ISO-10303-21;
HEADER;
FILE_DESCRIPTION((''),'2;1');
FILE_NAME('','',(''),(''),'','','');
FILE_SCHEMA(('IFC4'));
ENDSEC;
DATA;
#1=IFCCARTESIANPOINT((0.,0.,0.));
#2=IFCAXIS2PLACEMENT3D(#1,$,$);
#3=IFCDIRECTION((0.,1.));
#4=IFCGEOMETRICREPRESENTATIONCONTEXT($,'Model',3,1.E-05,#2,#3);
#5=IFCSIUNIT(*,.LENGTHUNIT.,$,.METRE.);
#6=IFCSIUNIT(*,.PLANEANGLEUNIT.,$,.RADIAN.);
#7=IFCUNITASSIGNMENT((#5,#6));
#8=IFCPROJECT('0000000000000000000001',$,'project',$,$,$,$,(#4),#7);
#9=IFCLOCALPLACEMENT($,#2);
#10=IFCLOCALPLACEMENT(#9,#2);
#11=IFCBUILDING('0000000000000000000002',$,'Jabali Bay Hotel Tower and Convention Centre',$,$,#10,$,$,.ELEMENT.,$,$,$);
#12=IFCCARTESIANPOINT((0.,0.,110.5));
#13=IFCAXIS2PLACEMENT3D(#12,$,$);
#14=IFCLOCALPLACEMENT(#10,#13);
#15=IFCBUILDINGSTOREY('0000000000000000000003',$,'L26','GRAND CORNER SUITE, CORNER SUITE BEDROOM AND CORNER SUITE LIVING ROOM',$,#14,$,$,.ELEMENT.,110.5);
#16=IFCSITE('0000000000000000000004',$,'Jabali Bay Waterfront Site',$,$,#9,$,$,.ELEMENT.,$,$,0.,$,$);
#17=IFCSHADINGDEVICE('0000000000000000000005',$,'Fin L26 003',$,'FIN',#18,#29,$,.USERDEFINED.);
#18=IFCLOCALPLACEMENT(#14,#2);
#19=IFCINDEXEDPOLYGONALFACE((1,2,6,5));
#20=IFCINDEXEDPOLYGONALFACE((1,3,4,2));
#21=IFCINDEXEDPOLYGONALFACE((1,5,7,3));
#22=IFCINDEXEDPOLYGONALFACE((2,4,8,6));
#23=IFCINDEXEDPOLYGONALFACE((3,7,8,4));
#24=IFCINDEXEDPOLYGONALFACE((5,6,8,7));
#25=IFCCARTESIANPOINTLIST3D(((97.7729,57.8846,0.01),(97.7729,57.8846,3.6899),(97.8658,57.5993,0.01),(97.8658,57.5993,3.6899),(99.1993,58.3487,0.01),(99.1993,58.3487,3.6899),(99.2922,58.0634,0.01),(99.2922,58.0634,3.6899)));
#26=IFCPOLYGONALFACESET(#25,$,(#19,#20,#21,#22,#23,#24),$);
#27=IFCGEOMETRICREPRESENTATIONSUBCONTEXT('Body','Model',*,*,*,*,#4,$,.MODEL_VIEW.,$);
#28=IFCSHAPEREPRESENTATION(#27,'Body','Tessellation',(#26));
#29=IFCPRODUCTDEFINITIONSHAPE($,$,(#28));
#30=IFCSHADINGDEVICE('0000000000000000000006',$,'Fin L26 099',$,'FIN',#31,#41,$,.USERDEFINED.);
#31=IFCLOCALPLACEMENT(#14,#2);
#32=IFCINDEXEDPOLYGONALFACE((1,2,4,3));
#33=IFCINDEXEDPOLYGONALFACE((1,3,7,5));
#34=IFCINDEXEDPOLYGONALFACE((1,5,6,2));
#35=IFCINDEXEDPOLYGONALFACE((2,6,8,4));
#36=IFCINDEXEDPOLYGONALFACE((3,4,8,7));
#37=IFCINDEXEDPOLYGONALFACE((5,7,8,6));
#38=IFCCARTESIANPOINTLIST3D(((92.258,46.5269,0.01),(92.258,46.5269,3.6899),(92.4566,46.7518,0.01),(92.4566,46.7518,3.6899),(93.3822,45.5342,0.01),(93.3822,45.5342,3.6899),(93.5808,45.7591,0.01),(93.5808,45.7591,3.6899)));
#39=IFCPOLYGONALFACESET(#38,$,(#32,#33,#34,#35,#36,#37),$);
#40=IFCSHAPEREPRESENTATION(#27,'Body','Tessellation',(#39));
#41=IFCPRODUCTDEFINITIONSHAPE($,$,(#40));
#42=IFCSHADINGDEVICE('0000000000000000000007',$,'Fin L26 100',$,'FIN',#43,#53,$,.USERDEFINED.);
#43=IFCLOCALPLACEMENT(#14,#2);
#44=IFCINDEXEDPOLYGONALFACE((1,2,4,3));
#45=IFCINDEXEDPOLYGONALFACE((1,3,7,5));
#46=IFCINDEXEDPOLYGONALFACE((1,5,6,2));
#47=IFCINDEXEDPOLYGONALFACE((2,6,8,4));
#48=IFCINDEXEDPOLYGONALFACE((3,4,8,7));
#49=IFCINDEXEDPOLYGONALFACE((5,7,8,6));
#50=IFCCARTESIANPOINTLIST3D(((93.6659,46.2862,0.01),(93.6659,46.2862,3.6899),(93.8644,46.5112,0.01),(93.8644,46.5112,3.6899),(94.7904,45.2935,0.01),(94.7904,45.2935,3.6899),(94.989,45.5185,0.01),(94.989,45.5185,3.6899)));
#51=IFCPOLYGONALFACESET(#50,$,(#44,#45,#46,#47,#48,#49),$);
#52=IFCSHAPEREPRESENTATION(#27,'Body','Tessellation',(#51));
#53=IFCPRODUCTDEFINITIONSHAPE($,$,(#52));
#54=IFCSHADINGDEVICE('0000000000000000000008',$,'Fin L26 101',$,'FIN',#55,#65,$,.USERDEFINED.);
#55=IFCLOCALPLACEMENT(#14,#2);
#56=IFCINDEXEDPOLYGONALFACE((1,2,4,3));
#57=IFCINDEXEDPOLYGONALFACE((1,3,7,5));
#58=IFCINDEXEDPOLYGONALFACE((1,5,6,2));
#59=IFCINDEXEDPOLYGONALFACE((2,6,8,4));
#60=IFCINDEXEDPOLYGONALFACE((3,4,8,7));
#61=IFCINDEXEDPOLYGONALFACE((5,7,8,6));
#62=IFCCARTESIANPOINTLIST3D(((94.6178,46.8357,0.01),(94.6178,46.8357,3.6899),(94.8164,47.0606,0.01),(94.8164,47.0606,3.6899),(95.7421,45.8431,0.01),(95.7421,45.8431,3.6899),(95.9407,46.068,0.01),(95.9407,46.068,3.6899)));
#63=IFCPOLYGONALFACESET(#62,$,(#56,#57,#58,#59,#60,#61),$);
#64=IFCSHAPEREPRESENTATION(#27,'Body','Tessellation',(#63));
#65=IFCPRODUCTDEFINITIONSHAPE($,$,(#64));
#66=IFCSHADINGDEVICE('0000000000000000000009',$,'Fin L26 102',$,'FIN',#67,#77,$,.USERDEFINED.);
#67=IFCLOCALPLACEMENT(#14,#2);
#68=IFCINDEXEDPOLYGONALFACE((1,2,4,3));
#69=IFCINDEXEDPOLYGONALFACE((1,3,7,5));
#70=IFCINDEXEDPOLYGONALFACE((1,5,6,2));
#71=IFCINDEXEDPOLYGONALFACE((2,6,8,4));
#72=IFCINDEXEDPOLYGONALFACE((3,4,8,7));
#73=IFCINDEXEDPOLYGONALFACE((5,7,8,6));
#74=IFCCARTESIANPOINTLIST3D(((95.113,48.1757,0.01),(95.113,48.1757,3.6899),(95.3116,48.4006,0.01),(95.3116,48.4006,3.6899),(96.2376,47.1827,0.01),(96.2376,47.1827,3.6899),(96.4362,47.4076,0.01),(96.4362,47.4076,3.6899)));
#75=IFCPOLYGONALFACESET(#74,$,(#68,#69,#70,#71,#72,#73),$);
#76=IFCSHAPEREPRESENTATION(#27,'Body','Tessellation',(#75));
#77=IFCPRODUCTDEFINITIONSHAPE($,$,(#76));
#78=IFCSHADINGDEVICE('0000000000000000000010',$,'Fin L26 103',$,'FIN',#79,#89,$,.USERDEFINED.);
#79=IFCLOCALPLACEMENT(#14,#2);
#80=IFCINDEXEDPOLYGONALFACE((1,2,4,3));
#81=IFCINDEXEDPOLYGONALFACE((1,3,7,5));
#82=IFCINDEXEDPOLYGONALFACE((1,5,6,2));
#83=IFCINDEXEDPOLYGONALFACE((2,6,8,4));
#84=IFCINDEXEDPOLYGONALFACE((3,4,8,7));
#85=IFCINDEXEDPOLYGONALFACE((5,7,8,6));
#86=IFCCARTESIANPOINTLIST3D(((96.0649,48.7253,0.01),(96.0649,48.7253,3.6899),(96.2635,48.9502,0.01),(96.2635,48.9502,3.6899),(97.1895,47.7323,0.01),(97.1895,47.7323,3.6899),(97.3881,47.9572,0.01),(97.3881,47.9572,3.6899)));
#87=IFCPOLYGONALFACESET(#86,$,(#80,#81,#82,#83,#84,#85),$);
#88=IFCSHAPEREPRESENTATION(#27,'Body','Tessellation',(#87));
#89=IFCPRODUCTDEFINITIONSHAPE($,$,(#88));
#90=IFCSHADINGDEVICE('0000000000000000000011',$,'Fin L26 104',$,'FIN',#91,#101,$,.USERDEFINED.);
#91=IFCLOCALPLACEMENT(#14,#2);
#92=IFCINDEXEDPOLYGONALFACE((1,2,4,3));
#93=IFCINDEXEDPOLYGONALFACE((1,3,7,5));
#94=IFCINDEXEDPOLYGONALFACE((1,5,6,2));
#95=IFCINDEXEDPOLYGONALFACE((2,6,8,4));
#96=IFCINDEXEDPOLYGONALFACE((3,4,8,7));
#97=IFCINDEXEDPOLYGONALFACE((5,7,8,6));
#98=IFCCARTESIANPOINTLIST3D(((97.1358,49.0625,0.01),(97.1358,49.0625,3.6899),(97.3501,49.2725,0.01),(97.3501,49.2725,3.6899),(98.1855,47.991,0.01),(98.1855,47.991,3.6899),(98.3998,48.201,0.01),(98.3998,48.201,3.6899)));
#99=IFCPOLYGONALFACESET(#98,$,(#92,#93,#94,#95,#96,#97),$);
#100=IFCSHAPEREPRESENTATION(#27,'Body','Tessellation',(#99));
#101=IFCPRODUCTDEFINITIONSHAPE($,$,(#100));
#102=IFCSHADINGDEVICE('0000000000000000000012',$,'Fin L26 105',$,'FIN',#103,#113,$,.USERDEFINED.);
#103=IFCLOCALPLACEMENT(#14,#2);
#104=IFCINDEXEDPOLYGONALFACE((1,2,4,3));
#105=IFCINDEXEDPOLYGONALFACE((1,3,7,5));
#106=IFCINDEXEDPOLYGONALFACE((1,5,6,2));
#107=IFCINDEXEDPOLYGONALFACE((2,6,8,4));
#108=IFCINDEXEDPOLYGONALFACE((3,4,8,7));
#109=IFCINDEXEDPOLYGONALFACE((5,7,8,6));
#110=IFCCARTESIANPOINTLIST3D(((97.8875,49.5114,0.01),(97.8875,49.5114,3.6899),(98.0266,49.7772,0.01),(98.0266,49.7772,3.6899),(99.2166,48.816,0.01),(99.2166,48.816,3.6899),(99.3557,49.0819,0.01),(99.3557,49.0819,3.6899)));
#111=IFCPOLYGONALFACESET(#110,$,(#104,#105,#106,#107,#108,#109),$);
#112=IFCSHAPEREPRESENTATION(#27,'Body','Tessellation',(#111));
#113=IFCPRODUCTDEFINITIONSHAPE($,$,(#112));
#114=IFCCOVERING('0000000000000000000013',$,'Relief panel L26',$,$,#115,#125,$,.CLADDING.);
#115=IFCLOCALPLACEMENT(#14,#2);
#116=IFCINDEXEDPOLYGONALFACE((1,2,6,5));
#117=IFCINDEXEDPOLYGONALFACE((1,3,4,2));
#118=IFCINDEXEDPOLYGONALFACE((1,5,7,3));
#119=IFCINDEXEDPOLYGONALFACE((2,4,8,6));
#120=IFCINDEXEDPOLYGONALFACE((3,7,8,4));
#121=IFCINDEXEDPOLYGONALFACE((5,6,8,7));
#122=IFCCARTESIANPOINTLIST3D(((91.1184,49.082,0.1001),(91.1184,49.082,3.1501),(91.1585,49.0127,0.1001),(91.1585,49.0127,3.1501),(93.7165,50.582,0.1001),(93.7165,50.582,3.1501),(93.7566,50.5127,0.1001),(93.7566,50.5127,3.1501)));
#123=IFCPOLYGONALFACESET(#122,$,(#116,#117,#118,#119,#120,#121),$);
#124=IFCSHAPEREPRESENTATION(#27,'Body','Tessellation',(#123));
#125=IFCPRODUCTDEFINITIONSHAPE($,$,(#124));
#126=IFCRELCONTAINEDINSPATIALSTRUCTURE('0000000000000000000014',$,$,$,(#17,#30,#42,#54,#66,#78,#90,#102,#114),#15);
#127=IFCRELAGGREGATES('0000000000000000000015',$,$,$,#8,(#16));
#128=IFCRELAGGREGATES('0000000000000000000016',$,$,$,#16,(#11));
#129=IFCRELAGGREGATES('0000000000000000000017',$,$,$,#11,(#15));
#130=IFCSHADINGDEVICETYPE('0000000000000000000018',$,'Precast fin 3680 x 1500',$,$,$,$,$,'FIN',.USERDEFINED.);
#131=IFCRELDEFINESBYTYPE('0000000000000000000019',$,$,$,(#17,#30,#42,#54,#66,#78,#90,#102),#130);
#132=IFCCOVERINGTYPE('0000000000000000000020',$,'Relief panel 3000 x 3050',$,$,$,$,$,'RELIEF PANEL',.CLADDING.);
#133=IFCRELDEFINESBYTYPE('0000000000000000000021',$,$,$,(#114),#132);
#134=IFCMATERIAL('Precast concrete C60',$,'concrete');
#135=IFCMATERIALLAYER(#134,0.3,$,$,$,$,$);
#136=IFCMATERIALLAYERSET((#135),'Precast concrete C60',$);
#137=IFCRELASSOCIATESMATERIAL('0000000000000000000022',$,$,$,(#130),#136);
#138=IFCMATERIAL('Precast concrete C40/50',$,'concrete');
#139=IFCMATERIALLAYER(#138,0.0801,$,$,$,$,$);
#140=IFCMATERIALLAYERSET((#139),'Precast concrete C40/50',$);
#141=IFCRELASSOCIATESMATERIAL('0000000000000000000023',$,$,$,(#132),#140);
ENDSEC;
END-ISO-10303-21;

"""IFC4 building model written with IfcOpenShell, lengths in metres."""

from ifc_helpers import new_model, si_unit, direction, frame, frame_2d, origin, origin_2d, place, context, subcontext, project, spatial, rectangle, extrude, material, layer, layer_set, type_object, element, save


model = new_model("IFC4")

# Units and contexts
model_context = context("Model", 3, precision=1e-05, world=origin(), true_north=direction((0.0, 1.0)))
body_context = subcontext(model_context, "Body", "Model", "MODEL_VIEW")
ifc_project = project(units=[si_unit("LENGTHUNIT", "METRE"), si_unit("PLANEANGLEUNIT", "RADIAN")], contexts=[model_context])

# Site, building, storey
site_placement = place(None, origin())
site = spatial("IfcSite", under=ifc_project, at=site_placement, Name="Jabali Bay Waterfront Site", CompositionType="ELEMENT", RefElevation=0.0)
building_placement = place(site_placement, origin())
building = spatial("IfcBuilding", under=site, at=building_placement, Name="Jabali Bay Hotel Tower and Convention Centre", CompositionType="ELEMENT")
storey_placement = place(building_placement, frame((0.0, 0.0, 110.5)))
storey = spatial("IfcBuildingStorey", under=building, at=storey_placement, Name="L26", Description="GRAND CORNER SUITE, CORNER SUITE BEDROOM AND CORNER SUITE LIVING ROOM", CompositionType="ELEMENT", Elevation=110.5)

# Shading devices
ifc_material_1 = material(Name="Precast concrete C60", Category="concrete")
ifc_layer_1 = layer(ifc_material_1, 0.3)
ifc_layer_set_1 = layer_set([ifc_layer_1], Name="Precast concrete C60")
shading_device_type = type_object("IfcShadingDeviceType", Name="Precast fin 3680 x 1500", ElementType="FIN", PredefinedType="USERDEFINED", material=ifc_layer_set_1)
for number, where, z_axis, x_axis, name in (
    (1, (97.8193, 57.7419, 0.01), (0.0, 0.0, 1.0), (0.950937, 0.309384, 0.0), "Fin L26 003"),
):
    element("IfcShadingDevice", number, at=place(storey_placement, frame(where, z_axis=z_axis, x_axis=x_axis)), inside=storey, type_object=shading_device_type, Name=name, ObjectType="FIN", PredefinedType="USERDEFINED", context=body_context, shape_type="SweptSolid", body=[
        extrude(rectangle(XDim=1.5, YDim=0.3, at=frame_2d((0.75, 0.0))), origin(), (0.0, 0.0, 1.0), 3.6799),
    ])
shading_device_1_placement = place(storey_placement, frame((92.3572, 46.6394, 0.01), z_axis=(0.0, 0.0, 1.0), x_axis=(0.749615, -0.661875, 0.0)))
element("IfcShadingDevice", 2, at=shading_device_1_placement, inside=storey, type_object=shading_device_type, Name="Fin L26 099", ObjectType="FIN", PredefinedType="USERDEFINED", context=body_context, shape_type="SweptSolid", body=[
    extrude(rectangle(XDim=1.4998, YDim=0.3, at=frame_2d((0.75, 0.0))), origin(), (0.0, 0.0, 1.0), 3.6799),
])
shading_device_2_placement = place(storey_placement, frame((93.7651, 46.3987, 0.01), z_axis=(0.0, 0.0, 1.0), x_axis=(0.749686, -0.661794, 0.0)))
element("IfcShadingDevice", 3, at=shading_device_2_placement, inside=storey, type_object=shading_device_type, Name="Fin L26 100", ObjectType="FIN", PredefinedType="USERDEFINED", context=body_context, shape_type="SweptSolid", body=[
    extrude(rectangle(XDim=1.5, YDim=0.3, at=frame_2d((0.75, 0.0))), origin(), (0.0, 0.0, 1.0), 3.6799),
])
shading_device_3_placement = place(storey_placement, frame((94.717, 46.9482, 0.01), z_axis=(0.0, 0.0, 1.0), x_axis=(0.749615, -0.661875, 0.0)))
element("IfcShadingDevice", 4, at=shading_device_3_placement, inside=storey, type_object=shading_device_type, Name="Fin L26 101", ObjectType="FIN", PredefinedType="USERDEFINED", context=body_context, shape_type="SweptSolid", body=[
    extrude(rectangle(XDim=1.4998, YDim=0.3, at=frame_2d((0.75, 0.0))), origin(), (0.0, 0.0, 1.0), 3.6799),
])
for number, where, z_axis, x_axis, name in (
    (5, (95.2124, 48.2881, 0.01), (0.0, 0.0, 1.0), (0.749605, -0.661885, 0.0), "Fin L26 102"),
    (6, (96.1643, 48.8376, 0.01), (0.0, 0.0, 1.0), (0.749605, -0.661885, 0.0), "Fin L26 103"),
):
    element("IfcShadingDevice", number, at=place(storey_placement, frame(where, z_axis=z_axis, x_axis=x_axis)), inside=storey, type_object=shading_device_type, Name=name, ObjectType="FIN", PredefinedType="USERDEFINED", context=body_context, shape_type="SweptSolid", body=[
        extrude(rectangle(XDim=1.5002, YDim=0.3, at=frame_2d((0.75, 0.0))), origin(), (0.0, 0.0, 1.0), 3.6799),
    ])
for number, where, z_axis, x_axis, name in (
    (7, (97.2429, 49.1675, 0.01), (0.0, 0.0, 1.0), (0.699827, -0.714312, 0.0), "Fin L26 104"),
    (8, (97.957, 49.6443, 0.01), (0.0, 0.0, 1.0), (0.886074, -0.463545, 0.0), "Fin L26 105"),
):
    element("IfcShadingDevice", number, at=place(storey_placement, frame(where, z_axis=z_axis, x_axis=x_axis)), inside=storey, type_object=shading_device_type, Name=name, ObjectType="FIN", PredefinedType="USERDEFINED", context=body_context, shape_type="SweptSolid", body=[
        extrude(rectangle(XDim=1.5, YDim=0.3, at=frame_2d((0.75, 0.0))), origin(), (0.0, 0.0, 1.0), 3.6799),
    ])

# Covering
ifc_material_2 = material(Name="Precast concrete C40/50", Category="concrete")
ifc_layer_2 = layer(ifc_material_2, 0.0801)
ifc_layer_set_2 = layer_set([ifc_layer_2], Name="Precast concrete C40/50")
covering_type = type_object("IfcCoveringType", Name="Relief panel 3000 x 3050", ElementType="RELIEF PANEL", PredefinedType="CLADDING", material=ifc_layer_set_2)
covering_placement = place(storey_placement, frame((92.4375, 49.7974, 0.1001), z_axis=(0.0, 0.0, 1.0), x_axis=(-0.866025, -0.5, 0.0)))
element("IfcCovering", 9, at=covering_placement, inside=storey, type_object=covering_type, Name="Relief panel L26", PredefinedType="CLADDING", context=body_context, shape_type="SweptSolid", body=[
    extrude(rectangle(XDim=3.0, YDim=0.0801, at=origin_2d()), origin(), (0.0, 0.0, 1.0), 3.05),
])

save(model, "model.ifc")
